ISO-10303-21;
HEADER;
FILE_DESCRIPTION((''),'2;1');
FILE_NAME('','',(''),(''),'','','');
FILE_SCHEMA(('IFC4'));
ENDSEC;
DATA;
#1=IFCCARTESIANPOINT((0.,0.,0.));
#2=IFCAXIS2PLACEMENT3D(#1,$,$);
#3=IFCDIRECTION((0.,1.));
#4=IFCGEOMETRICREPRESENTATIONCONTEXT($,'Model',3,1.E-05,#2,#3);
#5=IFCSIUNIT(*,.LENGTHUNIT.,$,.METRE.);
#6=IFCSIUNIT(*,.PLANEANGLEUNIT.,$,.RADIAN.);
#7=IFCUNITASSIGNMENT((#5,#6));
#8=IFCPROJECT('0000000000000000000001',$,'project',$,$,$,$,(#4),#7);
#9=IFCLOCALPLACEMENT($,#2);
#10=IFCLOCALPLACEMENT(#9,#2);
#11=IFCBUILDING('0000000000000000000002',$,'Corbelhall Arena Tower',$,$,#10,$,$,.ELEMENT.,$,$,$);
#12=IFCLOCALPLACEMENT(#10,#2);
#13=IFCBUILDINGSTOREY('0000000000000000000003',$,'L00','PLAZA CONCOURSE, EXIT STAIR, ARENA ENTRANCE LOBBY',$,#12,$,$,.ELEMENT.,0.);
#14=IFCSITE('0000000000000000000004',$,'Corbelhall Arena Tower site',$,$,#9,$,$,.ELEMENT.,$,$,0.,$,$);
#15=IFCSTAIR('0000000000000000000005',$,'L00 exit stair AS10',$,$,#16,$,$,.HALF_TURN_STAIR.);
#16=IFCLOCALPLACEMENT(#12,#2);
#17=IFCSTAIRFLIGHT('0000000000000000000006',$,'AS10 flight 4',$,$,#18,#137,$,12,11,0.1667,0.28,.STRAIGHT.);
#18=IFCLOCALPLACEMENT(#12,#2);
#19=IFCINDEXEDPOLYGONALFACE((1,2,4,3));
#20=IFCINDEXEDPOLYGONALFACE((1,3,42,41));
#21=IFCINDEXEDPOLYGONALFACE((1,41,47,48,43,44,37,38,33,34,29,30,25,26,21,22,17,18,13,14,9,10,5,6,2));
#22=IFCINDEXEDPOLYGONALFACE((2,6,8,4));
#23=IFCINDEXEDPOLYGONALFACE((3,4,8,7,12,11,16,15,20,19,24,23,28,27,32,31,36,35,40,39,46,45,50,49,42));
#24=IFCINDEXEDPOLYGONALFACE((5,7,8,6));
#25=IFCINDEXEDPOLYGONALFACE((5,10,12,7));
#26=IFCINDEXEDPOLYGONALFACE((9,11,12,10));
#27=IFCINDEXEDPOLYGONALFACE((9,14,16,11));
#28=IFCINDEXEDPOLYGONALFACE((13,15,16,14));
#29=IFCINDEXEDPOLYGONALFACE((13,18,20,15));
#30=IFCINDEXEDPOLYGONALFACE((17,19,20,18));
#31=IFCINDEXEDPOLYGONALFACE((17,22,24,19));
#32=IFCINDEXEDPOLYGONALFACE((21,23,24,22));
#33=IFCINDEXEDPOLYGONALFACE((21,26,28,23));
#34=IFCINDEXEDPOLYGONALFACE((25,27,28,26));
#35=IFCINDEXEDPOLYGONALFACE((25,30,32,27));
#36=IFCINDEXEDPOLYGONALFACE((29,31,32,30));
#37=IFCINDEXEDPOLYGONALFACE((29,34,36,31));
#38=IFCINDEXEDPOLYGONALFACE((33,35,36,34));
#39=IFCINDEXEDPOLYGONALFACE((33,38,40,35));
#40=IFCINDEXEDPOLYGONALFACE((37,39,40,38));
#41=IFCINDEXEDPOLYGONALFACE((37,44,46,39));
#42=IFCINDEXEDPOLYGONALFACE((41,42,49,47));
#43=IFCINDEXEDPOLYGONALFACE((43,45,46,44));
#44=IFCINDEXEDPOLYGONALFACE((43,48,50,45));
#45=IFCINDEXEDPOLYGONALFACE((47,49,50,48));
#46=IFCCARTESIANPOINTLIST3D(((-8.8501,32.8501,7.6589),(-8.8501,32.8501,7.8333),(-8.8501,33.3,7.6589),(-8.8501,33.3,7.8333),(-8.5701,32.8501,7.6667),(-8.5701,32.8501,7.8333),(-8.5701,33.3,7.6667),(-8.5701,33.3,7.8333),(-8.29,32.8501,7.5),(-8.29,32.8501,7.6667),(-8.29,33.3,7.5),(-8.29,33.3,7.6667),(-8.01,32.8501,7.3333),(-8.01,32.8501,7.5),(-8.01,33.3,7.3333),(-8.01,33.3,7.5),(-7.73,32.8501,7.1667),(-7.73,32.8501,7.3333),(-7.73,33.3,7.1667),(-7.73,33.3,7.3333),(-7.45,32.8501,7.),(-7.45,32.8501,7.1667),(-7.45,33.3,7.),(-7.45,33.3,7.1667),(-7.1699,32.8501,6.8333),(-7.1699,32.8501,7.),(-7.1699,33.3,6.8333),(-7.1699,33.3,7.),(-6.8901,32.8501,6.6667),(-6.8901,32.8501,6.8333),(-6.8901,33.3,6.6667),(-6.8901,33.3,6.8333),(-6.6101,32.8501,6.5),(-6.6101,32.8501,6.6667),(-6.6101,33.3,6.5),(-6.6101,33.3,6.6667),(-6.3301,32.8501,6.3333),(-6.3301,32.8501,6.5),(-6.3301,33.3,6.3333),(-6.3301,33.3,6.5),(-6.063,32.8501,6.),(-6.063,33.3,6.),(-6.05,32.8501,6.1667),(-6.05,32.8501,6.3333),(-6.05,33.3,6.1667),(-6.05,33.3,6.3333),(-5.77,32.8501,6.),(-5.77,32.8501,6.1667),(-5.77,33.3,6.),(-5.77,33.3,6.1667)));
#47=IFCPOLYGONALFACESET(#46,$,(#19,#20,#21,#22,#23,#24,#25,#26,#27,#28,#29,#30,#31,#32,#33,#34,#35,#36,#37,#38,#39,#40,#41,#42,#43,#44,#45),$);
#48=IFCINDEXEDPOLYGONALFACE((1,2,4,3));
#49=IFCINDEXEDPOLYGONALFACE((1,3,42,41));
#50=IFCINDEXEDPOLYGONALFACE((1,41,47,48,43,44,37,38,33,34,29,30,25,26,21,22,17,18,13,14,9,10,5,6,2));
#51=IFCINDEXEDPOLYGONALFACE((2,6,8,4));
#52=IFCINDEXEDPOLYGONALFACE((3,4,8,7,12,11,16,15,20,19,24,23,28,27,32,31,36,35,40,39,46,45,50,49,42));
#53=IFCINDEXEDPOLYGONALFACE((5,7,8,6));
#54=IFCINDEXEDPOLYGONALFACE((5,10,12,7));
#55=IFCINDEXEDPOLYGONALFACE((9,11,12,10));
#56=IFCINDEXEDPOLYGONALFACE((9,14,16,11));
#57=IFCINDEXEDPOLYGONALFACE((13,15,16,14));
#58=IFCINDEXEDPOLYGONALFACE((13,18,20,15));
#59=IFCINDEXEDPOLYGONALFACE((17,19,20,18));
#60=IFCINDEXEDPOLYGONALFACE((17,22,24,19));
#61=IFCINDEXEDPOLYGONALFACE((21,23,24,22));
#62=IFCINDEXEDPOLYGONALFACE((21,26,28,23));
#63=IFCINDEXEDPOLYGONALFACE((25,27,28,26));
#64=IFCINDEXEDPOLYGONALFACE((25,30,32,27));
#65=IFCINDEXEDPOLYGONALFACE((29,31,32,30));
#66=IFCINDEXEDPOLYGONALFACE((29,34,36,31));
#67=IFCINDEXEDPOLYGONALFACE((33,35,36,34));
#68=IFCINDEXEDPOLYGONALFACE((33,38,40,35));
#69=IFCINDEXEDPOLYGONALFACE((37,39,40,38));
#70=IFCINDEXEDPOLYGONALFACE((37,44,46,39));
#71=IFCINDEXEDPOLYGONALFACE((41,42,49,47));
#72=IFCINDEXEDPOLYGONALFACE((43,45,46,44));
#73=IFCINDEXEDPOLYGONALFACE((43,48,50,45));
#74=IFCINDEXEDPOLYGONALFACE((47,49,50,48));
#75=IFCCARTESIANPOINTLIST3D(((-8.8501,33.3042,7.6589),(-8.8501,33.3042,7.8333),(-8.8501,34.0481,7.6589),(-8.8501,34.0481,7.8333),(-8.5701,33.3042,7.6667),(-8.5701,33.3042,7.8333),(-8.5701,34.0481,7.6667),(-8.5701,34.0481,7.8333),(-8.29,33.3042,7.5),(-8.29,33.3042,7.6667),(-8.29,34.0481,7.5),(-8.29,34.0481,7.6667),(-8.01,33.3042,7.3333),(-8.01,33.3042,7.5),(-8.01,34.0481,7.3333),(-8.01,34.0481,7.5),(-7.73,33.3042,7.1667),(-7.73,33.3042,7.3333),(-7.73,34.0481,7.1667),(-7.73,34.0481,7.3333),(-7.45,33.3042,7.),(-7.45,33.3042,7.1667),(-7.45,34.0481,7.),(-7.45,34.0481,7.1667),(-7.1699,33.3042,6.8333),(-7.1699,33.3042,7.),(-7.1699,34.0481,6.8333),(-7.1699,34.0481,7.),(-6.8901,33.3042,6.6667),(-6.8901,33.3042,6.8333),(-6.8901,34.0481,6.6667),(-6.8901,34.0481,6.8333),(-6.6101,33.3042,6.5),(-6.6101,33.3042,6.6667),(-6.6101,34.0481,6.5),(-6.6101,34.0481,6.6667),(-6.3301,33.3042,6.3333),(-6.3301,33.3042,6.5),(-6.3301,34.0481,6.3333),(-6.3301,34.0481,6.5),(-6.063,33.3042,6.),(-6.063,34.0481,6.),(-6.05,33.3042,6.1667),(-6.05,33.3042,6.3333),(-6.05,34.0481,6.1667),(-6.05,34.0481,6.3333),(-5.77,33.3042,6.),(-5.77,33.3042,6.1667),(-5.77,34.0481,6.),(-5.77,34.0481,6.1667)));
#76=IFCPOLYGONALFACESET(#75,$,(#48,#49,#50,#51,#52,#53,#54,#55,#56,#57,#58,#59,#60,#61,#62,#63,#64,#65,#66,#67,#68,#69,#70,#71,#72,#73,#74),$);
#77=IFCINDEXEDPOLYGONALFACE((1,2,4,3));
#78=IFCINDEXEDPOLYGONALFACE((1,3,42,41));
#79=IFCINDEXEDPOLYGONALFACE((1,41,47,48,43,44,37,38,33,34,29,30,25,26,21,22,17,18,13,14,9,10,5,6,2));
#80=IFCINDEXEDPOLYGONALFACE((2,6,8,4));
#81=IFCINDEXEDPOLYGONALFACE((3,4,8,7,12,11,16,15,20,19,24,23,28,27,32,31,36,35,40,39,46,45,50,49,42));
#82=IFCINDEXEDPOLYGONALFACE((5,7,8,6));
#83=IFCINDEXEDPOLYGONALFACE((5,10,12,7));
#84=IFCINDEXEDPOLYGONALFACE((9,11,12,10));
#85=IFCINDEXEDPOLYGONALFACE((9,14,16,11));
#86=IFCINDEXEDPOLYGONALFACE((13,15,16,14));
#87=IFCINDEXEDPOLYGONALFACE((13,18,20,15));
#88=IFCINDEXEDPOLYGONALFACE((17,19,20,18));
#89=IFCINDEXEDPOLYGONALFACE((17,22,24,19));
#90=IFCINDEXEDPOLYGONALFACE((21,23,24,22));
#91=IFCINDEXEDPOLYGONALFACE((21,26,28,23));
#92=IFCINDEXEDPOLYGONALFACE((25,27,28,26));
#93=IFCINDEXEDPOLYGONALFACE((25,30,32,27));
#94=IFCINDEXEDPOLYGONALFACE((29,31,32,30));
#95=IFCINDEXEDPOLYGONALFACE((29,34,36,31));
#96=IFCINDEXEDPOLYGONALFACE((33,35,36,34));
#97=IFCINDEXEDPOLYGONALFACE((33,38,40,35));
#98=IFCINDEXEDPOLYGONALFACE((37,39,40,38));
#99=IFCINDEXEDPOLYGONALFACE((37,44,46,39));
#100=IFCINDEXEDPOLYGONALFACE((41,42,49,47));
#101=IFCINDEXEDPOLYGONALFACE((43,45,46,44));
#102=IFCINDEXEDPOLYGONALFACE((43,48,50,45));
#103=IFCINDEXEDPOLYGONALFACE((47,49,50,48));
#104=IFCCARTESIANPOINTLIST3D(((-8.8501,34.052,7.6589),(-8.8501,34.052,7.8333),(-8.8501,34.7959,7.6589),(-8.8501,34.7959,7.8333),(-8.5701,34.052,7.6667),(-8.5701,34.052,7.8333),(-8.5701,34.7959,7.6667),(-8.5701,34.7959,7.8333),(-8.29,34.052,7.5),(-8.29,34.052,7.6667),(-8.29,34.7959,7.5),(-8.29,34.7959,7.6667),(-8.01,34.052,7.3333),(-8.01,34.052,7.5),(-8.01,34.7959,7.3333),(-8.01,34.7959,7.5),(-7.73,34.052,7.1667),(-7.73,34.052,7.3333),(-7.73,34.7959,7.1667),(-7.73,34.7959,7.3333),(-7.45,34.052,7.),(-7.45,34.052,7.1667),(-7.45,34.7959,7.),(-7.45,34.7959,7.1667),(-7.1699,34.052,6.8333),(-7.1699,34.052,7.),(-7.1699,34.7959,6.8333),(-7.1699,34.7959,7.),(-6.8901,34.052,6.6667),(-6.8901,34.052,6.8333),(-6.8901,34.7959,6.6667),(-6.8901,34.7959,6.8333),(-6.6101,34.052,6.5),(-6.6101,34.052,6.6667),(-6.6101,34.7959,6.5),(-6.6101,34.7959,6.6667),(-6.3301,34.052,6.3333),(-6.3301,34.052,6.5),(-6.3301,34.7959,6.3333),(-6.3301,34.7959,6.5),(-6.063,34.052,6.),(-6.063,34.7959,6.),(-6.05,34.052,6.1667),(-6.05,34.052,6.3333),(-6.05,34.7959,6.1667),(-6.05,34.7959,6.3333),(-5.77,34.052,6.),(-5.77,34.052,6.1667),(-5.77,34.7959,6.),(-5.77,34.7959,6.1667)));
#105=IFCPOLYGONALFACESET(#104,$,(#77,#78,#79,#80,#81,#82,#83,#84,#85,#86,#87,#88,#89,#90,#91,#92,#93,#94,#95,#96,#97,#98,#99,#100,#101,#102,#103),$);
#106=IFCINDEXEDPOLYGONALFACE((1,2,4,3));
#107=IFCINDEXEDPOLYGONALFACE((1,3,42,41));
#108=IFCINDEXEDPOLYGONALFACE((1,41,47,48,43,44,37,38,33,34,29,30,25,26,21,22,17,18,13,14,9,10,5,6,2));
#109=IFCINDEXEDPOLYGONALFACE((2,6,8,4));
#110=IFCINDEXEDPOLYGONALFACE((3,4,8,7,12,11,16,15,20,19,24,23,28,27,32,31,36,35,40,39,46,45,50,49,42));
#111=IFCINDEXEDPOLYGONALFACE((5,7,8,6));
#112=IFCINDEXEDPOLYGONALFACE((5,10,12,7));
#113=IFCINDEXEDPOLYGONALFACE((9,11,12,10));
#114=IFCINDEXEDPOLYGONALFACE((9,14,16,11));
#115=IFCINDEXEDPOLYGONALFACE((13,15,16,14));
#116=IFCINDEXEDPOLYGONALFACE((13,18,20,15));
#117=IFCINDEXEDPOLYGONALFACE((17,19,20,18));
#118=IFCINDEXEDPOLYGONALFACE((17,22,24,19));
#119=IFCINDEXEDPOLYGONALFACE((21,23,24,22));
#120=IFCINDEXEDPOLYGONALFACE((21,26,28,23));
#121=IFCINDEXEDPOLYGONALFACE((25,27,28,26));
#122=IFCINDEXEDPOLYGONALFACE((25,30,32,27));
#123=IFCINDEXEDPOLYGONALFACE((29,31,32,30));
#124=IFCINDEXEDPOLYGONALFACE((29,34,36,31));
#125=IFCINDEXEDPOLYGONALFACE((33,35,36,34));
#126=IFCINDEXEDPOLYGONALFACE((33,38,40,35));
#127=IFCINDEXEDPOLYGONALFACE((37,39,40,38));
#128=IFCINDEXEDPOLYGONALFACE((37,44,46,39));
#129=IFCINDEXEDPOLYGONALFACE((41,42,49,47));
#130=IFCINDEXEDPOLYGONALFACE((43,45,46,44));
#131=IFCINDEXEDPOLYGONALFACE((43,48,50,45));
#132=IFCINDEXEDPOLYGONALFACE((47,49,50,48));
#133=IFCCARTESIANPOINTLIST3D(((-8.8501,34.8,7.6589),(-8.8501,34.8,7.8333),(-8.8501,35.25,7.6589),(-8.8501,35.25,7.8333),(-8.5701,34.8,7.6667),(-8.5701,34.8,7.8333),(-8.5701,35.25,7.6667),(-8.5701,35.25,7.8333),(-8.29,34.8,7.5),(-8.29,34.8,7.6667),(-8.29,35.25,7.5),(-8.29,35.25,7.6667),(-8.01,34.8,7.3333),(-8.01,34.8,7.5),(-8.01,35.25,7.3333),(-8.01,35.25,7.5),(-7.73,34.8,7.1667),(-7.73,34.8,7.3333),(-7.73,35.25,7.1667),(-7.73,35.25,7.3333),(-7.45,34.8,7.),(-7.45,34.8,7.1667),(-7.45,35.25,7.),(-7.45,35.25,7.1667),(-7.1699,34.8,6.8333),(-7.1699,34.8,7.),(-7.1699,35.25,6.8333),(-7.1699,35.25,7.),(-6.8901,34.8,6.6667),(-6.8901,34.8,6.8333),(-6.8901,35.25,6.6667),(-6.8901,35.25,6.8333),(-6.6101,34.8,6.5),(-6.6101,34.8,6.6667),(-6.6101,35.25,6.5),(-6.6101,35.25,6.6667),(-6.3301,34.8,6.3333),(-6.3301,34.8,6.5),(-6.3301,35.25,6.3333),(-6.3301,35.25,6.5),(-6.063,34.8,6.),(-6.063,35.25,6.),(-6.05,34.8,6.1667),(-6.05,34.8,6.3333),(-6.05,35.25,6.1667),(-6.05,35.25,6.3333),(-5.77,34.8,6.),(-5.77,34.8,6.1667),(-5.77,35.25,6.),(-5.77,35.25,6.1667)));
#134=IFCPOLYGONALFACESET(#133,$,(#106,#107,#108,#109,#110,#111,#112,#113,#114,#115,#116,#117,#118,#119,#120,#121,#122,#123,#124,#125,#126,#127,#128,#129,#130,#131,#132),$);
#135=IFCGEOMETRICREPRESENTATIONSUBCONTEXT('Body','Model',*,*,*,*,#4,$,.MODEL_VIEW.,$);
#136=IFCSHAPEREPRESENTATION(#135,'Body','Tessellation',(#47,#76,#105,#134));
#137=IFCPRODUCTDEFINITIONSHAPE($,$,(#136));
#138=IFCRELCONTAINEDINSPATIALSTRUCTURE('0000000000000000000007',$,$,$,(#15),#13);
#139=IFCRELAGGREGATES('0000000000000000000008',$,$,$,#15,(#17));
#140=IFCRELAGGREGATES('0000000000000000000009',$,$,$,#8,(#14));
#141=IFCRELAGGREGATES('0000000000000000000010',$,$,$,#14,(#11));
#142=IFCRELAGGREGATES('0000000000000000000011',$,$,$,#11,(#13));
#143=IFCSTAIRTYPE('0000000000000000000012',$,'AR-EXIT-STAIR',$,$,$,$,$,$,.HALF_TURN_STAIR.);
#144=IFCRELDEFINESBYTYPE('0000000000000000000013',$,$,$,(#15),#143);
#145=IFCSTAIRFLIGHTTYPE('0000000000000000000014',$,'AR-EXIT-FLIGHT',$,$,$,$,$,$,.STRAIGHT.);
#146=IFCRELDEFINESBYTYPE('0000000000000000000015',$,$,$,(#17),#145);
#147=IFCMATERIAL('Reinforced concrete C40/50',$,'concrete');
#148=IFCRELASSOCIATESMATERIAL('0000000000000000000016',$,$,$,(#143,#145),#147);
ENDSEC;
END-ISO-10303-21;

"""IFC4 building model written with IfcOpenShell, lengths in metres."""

from ifc_helpers import new_model, si_unit, direction, frame, origin, place, context, subcontext, project, spatial, polyline, outline, extrude, material, type_object, element, aggregate, save


model = new_model("IFC4")

# Units and contexts
model_context = context("Model", 3, precision=1e-05, world=origin(), true_north=direction((0.0, 1.0)))
body_context = subcontext(model_context, "Body", "Model", "MODEL_VIEW")
ifc_project = project(units=[si_unit("LENGTHUNIT", "METRE"), si_unit("PLANEANGLEUNIT", "RADIAN")], contexts=[model_context])

# Site, building, storey
site_placement = place(None, origin())
site = spatial("IfcSite", under=ifc_project, at=site_placement, Name="Corbelhall Arena Tower site", CompositionType="ELEMENT", RefElevation=0.0)
building_placement = place(site_placement, origin())
building = spatial("IfcBuilding", under=site, at=building_placement, Name="Corbelhall Arena Tower", CompositionType="ELEMENT")
storey_placement = place(building_placement, origin())
storey = spatial("IfcBuildingStorey", under=building, at=storey_placement, Name="L00", Description="PLAZA CONCOURSE, EXIT STAIR, ARENA ENTRANCE LOBBY", CompositionType="ELEMENT", Elevation=0.0)

# Shared definitions
ifc_material_1 = material(Name="Reinforced concrete C40/50", Category="concrete")

# Stair, stair flight
stair_type = type_object("IfcStairType", Name="AR-EXIT-STAIR", PredefinedType="HALF_TURN_STAIR", material=ifc_material_1)
stair_placement = place(storey_placement, origin())
stair = element("IfcStair", 1, at=stair_placement, inside=storey, type_object=stair_type, Name="L00 exit stair AS10", PredefinedType="HALF_TURN_STAIR")
stair_flight_type = type_object("IfcStairFlightType", Name="AR-EXIT-FLIGHT", PredefinedType="STRAIGHT", material=ifc_material_1)
stair_flight_1_placement = place(storey_placement, frame((-5.77, 34.05, 6.0), z_axis=(0.0, 0.0, 1.0), x_axis=(-1.0, 0.0, 0.0)))
stair_flight_1 = element("IfcStairFlight", 2, at=stair_flight_1_placement, type_object=stair_flight_type, Name="AS10 flight 4", NumberOfRisers=12, NumberOfTreads=11, PredefinedType="STRAIGHT", RiserHeight=0.1667, TreadLength=0.28, context=body_context, shape_type="SweptSolid", body=[
    extrude(outline(polyline([(0.0, 0.0), (0.0, 0.1667), (0.28, 0.1667), (0.28, 0.3333), (0.5601, 0.3333), (0.5601, 0.5), (0.8401, 0.5), (0.8401, 0.6667), (1.1201, 0.6667), (1.1201, 0.8333), (1.3999, 0.8333), (1.3999, 1.0), (1.6799, 1.0), (1.6799, 1.1667), (1.96, 1.1667), (1.96, 1.3333), (2.24, 1.3333), (2.24, 1.5), (2.52, 1.5), (2.52, 1.6667), (2.8, 1.6667), (2.8, 1.8333), (3.0801, 1.8333), (3.0801, 2.0), (3.0801, 1.6589), (0.293, 0.0), (0.0, 0.0)])), frame((0.0, 1.2, 0.0), z_axis=(0.0, -1.0, 0.0), x_axis=(1.0, 0.0, 0.0)), (0.0, 0.0, 1.0), 0.45),
    extrude(outline(polyline([(0.0, 0.0), (0.0, 0.1667), (0.28, 0.1667), (0.28, 0.3333), (0.5601, 0.3333), (0.5601, 0.5), (0.8401, 0.5), (0.8401, 0.6667), (1.1201, 0.6667), (1.1201, 0.8333), (1.3999, 0.8333), (1.3999, 1.0), (1.6799, 1.0), (1.6799, 1.1667), (1.96, 1.1667), (1.96, 1.3333), (2.24, 1.3333), (2.24, 1.5), (2.52, 1.5), (2.52, 1.6667), (2.8, 1.6667), (2.8, 1.8333), (3.0801, 1.8333), (3.0801, 2.0), (3.0801, 1.6589), (0.293, 0.0), (0.0, 0.0)])), frame((0.0, 0.7458, 0.0), z_axis=(0.0, -1.0, 0.0), x_axis=(1.0, 0.0, 0.0)), (0.0, 0.0, 1.0), 0.7439),
    extrude(outline(polyline([(0.0, 0.0), (0.0, 0.1667), (0.28, 0.1667), (0.28, 0.3333), (0.5601, 0.3333), (0.5601, 0.5), (0.8401, 0.5), (0.8401, 0.6667), (1.1201, 0.6667), (1.1201, 0.8333), (1.3999, 0.8333), (1.3999, 1.0), (1.6799, 1.0), (1.6799, 1.1667), (1.96, 1.1667), (1.96, 1.3333), (2.24, 1.3333), (2.24, 1.5), (2.52, 1.5), (2.52, 1.6667), (2.8, 1.6667), (2.8, 1.8333), (3.0801, 1.8333), (3.0801, 2.0), (3.0801, 1.6589), (0.293, 0.0), (0.0, 0.0)])), frame((0.0, -0.002, 0.0), z_axis=(0.0, -1.0, 0.0), x_axis=(1.0, 0.0, 0.0)), (0.0, 0.0, 1.0), 0.7439),
    extrude(outline(polyline([(0.0, 0.0), (0.0, 0.1667), (0.28, 0.1667), (0.28, 0.3333), (0.5601, 0.3333), (0.5601, 0.5), (0.8401, 0.5), (0.8401, 0.6667), (1.1201, 0.6667), (1.1201, 0.8333), (1.3999, 0.8333), (1.3999, 1.0), (1.6799, 1.0), (1.6799, 1.1667), (1.96, 1.1667), (1.96, 1.3333), (2.24, 1.3333), (2.24, 1.5), (2.52, 1.5), (2.52, 1.6667), (2.8, 1.6667), (2.8, 1.8333), (3.0801, 1.8333), (3.0801, 2.0), (3.0801, 1.6589), (0.293, 0.0), (0.0, 0.0)])), frame((0.0, -0.75, 0.0), z_axis=(0.0, -1.0, 0.0), x_axis=(1.0, 0.0, 0.0)), (0.0, 0.0, 1.0), 0.45),
])
aggregate(stair, [stair_flight_1])

save(model, "model.ifc")
